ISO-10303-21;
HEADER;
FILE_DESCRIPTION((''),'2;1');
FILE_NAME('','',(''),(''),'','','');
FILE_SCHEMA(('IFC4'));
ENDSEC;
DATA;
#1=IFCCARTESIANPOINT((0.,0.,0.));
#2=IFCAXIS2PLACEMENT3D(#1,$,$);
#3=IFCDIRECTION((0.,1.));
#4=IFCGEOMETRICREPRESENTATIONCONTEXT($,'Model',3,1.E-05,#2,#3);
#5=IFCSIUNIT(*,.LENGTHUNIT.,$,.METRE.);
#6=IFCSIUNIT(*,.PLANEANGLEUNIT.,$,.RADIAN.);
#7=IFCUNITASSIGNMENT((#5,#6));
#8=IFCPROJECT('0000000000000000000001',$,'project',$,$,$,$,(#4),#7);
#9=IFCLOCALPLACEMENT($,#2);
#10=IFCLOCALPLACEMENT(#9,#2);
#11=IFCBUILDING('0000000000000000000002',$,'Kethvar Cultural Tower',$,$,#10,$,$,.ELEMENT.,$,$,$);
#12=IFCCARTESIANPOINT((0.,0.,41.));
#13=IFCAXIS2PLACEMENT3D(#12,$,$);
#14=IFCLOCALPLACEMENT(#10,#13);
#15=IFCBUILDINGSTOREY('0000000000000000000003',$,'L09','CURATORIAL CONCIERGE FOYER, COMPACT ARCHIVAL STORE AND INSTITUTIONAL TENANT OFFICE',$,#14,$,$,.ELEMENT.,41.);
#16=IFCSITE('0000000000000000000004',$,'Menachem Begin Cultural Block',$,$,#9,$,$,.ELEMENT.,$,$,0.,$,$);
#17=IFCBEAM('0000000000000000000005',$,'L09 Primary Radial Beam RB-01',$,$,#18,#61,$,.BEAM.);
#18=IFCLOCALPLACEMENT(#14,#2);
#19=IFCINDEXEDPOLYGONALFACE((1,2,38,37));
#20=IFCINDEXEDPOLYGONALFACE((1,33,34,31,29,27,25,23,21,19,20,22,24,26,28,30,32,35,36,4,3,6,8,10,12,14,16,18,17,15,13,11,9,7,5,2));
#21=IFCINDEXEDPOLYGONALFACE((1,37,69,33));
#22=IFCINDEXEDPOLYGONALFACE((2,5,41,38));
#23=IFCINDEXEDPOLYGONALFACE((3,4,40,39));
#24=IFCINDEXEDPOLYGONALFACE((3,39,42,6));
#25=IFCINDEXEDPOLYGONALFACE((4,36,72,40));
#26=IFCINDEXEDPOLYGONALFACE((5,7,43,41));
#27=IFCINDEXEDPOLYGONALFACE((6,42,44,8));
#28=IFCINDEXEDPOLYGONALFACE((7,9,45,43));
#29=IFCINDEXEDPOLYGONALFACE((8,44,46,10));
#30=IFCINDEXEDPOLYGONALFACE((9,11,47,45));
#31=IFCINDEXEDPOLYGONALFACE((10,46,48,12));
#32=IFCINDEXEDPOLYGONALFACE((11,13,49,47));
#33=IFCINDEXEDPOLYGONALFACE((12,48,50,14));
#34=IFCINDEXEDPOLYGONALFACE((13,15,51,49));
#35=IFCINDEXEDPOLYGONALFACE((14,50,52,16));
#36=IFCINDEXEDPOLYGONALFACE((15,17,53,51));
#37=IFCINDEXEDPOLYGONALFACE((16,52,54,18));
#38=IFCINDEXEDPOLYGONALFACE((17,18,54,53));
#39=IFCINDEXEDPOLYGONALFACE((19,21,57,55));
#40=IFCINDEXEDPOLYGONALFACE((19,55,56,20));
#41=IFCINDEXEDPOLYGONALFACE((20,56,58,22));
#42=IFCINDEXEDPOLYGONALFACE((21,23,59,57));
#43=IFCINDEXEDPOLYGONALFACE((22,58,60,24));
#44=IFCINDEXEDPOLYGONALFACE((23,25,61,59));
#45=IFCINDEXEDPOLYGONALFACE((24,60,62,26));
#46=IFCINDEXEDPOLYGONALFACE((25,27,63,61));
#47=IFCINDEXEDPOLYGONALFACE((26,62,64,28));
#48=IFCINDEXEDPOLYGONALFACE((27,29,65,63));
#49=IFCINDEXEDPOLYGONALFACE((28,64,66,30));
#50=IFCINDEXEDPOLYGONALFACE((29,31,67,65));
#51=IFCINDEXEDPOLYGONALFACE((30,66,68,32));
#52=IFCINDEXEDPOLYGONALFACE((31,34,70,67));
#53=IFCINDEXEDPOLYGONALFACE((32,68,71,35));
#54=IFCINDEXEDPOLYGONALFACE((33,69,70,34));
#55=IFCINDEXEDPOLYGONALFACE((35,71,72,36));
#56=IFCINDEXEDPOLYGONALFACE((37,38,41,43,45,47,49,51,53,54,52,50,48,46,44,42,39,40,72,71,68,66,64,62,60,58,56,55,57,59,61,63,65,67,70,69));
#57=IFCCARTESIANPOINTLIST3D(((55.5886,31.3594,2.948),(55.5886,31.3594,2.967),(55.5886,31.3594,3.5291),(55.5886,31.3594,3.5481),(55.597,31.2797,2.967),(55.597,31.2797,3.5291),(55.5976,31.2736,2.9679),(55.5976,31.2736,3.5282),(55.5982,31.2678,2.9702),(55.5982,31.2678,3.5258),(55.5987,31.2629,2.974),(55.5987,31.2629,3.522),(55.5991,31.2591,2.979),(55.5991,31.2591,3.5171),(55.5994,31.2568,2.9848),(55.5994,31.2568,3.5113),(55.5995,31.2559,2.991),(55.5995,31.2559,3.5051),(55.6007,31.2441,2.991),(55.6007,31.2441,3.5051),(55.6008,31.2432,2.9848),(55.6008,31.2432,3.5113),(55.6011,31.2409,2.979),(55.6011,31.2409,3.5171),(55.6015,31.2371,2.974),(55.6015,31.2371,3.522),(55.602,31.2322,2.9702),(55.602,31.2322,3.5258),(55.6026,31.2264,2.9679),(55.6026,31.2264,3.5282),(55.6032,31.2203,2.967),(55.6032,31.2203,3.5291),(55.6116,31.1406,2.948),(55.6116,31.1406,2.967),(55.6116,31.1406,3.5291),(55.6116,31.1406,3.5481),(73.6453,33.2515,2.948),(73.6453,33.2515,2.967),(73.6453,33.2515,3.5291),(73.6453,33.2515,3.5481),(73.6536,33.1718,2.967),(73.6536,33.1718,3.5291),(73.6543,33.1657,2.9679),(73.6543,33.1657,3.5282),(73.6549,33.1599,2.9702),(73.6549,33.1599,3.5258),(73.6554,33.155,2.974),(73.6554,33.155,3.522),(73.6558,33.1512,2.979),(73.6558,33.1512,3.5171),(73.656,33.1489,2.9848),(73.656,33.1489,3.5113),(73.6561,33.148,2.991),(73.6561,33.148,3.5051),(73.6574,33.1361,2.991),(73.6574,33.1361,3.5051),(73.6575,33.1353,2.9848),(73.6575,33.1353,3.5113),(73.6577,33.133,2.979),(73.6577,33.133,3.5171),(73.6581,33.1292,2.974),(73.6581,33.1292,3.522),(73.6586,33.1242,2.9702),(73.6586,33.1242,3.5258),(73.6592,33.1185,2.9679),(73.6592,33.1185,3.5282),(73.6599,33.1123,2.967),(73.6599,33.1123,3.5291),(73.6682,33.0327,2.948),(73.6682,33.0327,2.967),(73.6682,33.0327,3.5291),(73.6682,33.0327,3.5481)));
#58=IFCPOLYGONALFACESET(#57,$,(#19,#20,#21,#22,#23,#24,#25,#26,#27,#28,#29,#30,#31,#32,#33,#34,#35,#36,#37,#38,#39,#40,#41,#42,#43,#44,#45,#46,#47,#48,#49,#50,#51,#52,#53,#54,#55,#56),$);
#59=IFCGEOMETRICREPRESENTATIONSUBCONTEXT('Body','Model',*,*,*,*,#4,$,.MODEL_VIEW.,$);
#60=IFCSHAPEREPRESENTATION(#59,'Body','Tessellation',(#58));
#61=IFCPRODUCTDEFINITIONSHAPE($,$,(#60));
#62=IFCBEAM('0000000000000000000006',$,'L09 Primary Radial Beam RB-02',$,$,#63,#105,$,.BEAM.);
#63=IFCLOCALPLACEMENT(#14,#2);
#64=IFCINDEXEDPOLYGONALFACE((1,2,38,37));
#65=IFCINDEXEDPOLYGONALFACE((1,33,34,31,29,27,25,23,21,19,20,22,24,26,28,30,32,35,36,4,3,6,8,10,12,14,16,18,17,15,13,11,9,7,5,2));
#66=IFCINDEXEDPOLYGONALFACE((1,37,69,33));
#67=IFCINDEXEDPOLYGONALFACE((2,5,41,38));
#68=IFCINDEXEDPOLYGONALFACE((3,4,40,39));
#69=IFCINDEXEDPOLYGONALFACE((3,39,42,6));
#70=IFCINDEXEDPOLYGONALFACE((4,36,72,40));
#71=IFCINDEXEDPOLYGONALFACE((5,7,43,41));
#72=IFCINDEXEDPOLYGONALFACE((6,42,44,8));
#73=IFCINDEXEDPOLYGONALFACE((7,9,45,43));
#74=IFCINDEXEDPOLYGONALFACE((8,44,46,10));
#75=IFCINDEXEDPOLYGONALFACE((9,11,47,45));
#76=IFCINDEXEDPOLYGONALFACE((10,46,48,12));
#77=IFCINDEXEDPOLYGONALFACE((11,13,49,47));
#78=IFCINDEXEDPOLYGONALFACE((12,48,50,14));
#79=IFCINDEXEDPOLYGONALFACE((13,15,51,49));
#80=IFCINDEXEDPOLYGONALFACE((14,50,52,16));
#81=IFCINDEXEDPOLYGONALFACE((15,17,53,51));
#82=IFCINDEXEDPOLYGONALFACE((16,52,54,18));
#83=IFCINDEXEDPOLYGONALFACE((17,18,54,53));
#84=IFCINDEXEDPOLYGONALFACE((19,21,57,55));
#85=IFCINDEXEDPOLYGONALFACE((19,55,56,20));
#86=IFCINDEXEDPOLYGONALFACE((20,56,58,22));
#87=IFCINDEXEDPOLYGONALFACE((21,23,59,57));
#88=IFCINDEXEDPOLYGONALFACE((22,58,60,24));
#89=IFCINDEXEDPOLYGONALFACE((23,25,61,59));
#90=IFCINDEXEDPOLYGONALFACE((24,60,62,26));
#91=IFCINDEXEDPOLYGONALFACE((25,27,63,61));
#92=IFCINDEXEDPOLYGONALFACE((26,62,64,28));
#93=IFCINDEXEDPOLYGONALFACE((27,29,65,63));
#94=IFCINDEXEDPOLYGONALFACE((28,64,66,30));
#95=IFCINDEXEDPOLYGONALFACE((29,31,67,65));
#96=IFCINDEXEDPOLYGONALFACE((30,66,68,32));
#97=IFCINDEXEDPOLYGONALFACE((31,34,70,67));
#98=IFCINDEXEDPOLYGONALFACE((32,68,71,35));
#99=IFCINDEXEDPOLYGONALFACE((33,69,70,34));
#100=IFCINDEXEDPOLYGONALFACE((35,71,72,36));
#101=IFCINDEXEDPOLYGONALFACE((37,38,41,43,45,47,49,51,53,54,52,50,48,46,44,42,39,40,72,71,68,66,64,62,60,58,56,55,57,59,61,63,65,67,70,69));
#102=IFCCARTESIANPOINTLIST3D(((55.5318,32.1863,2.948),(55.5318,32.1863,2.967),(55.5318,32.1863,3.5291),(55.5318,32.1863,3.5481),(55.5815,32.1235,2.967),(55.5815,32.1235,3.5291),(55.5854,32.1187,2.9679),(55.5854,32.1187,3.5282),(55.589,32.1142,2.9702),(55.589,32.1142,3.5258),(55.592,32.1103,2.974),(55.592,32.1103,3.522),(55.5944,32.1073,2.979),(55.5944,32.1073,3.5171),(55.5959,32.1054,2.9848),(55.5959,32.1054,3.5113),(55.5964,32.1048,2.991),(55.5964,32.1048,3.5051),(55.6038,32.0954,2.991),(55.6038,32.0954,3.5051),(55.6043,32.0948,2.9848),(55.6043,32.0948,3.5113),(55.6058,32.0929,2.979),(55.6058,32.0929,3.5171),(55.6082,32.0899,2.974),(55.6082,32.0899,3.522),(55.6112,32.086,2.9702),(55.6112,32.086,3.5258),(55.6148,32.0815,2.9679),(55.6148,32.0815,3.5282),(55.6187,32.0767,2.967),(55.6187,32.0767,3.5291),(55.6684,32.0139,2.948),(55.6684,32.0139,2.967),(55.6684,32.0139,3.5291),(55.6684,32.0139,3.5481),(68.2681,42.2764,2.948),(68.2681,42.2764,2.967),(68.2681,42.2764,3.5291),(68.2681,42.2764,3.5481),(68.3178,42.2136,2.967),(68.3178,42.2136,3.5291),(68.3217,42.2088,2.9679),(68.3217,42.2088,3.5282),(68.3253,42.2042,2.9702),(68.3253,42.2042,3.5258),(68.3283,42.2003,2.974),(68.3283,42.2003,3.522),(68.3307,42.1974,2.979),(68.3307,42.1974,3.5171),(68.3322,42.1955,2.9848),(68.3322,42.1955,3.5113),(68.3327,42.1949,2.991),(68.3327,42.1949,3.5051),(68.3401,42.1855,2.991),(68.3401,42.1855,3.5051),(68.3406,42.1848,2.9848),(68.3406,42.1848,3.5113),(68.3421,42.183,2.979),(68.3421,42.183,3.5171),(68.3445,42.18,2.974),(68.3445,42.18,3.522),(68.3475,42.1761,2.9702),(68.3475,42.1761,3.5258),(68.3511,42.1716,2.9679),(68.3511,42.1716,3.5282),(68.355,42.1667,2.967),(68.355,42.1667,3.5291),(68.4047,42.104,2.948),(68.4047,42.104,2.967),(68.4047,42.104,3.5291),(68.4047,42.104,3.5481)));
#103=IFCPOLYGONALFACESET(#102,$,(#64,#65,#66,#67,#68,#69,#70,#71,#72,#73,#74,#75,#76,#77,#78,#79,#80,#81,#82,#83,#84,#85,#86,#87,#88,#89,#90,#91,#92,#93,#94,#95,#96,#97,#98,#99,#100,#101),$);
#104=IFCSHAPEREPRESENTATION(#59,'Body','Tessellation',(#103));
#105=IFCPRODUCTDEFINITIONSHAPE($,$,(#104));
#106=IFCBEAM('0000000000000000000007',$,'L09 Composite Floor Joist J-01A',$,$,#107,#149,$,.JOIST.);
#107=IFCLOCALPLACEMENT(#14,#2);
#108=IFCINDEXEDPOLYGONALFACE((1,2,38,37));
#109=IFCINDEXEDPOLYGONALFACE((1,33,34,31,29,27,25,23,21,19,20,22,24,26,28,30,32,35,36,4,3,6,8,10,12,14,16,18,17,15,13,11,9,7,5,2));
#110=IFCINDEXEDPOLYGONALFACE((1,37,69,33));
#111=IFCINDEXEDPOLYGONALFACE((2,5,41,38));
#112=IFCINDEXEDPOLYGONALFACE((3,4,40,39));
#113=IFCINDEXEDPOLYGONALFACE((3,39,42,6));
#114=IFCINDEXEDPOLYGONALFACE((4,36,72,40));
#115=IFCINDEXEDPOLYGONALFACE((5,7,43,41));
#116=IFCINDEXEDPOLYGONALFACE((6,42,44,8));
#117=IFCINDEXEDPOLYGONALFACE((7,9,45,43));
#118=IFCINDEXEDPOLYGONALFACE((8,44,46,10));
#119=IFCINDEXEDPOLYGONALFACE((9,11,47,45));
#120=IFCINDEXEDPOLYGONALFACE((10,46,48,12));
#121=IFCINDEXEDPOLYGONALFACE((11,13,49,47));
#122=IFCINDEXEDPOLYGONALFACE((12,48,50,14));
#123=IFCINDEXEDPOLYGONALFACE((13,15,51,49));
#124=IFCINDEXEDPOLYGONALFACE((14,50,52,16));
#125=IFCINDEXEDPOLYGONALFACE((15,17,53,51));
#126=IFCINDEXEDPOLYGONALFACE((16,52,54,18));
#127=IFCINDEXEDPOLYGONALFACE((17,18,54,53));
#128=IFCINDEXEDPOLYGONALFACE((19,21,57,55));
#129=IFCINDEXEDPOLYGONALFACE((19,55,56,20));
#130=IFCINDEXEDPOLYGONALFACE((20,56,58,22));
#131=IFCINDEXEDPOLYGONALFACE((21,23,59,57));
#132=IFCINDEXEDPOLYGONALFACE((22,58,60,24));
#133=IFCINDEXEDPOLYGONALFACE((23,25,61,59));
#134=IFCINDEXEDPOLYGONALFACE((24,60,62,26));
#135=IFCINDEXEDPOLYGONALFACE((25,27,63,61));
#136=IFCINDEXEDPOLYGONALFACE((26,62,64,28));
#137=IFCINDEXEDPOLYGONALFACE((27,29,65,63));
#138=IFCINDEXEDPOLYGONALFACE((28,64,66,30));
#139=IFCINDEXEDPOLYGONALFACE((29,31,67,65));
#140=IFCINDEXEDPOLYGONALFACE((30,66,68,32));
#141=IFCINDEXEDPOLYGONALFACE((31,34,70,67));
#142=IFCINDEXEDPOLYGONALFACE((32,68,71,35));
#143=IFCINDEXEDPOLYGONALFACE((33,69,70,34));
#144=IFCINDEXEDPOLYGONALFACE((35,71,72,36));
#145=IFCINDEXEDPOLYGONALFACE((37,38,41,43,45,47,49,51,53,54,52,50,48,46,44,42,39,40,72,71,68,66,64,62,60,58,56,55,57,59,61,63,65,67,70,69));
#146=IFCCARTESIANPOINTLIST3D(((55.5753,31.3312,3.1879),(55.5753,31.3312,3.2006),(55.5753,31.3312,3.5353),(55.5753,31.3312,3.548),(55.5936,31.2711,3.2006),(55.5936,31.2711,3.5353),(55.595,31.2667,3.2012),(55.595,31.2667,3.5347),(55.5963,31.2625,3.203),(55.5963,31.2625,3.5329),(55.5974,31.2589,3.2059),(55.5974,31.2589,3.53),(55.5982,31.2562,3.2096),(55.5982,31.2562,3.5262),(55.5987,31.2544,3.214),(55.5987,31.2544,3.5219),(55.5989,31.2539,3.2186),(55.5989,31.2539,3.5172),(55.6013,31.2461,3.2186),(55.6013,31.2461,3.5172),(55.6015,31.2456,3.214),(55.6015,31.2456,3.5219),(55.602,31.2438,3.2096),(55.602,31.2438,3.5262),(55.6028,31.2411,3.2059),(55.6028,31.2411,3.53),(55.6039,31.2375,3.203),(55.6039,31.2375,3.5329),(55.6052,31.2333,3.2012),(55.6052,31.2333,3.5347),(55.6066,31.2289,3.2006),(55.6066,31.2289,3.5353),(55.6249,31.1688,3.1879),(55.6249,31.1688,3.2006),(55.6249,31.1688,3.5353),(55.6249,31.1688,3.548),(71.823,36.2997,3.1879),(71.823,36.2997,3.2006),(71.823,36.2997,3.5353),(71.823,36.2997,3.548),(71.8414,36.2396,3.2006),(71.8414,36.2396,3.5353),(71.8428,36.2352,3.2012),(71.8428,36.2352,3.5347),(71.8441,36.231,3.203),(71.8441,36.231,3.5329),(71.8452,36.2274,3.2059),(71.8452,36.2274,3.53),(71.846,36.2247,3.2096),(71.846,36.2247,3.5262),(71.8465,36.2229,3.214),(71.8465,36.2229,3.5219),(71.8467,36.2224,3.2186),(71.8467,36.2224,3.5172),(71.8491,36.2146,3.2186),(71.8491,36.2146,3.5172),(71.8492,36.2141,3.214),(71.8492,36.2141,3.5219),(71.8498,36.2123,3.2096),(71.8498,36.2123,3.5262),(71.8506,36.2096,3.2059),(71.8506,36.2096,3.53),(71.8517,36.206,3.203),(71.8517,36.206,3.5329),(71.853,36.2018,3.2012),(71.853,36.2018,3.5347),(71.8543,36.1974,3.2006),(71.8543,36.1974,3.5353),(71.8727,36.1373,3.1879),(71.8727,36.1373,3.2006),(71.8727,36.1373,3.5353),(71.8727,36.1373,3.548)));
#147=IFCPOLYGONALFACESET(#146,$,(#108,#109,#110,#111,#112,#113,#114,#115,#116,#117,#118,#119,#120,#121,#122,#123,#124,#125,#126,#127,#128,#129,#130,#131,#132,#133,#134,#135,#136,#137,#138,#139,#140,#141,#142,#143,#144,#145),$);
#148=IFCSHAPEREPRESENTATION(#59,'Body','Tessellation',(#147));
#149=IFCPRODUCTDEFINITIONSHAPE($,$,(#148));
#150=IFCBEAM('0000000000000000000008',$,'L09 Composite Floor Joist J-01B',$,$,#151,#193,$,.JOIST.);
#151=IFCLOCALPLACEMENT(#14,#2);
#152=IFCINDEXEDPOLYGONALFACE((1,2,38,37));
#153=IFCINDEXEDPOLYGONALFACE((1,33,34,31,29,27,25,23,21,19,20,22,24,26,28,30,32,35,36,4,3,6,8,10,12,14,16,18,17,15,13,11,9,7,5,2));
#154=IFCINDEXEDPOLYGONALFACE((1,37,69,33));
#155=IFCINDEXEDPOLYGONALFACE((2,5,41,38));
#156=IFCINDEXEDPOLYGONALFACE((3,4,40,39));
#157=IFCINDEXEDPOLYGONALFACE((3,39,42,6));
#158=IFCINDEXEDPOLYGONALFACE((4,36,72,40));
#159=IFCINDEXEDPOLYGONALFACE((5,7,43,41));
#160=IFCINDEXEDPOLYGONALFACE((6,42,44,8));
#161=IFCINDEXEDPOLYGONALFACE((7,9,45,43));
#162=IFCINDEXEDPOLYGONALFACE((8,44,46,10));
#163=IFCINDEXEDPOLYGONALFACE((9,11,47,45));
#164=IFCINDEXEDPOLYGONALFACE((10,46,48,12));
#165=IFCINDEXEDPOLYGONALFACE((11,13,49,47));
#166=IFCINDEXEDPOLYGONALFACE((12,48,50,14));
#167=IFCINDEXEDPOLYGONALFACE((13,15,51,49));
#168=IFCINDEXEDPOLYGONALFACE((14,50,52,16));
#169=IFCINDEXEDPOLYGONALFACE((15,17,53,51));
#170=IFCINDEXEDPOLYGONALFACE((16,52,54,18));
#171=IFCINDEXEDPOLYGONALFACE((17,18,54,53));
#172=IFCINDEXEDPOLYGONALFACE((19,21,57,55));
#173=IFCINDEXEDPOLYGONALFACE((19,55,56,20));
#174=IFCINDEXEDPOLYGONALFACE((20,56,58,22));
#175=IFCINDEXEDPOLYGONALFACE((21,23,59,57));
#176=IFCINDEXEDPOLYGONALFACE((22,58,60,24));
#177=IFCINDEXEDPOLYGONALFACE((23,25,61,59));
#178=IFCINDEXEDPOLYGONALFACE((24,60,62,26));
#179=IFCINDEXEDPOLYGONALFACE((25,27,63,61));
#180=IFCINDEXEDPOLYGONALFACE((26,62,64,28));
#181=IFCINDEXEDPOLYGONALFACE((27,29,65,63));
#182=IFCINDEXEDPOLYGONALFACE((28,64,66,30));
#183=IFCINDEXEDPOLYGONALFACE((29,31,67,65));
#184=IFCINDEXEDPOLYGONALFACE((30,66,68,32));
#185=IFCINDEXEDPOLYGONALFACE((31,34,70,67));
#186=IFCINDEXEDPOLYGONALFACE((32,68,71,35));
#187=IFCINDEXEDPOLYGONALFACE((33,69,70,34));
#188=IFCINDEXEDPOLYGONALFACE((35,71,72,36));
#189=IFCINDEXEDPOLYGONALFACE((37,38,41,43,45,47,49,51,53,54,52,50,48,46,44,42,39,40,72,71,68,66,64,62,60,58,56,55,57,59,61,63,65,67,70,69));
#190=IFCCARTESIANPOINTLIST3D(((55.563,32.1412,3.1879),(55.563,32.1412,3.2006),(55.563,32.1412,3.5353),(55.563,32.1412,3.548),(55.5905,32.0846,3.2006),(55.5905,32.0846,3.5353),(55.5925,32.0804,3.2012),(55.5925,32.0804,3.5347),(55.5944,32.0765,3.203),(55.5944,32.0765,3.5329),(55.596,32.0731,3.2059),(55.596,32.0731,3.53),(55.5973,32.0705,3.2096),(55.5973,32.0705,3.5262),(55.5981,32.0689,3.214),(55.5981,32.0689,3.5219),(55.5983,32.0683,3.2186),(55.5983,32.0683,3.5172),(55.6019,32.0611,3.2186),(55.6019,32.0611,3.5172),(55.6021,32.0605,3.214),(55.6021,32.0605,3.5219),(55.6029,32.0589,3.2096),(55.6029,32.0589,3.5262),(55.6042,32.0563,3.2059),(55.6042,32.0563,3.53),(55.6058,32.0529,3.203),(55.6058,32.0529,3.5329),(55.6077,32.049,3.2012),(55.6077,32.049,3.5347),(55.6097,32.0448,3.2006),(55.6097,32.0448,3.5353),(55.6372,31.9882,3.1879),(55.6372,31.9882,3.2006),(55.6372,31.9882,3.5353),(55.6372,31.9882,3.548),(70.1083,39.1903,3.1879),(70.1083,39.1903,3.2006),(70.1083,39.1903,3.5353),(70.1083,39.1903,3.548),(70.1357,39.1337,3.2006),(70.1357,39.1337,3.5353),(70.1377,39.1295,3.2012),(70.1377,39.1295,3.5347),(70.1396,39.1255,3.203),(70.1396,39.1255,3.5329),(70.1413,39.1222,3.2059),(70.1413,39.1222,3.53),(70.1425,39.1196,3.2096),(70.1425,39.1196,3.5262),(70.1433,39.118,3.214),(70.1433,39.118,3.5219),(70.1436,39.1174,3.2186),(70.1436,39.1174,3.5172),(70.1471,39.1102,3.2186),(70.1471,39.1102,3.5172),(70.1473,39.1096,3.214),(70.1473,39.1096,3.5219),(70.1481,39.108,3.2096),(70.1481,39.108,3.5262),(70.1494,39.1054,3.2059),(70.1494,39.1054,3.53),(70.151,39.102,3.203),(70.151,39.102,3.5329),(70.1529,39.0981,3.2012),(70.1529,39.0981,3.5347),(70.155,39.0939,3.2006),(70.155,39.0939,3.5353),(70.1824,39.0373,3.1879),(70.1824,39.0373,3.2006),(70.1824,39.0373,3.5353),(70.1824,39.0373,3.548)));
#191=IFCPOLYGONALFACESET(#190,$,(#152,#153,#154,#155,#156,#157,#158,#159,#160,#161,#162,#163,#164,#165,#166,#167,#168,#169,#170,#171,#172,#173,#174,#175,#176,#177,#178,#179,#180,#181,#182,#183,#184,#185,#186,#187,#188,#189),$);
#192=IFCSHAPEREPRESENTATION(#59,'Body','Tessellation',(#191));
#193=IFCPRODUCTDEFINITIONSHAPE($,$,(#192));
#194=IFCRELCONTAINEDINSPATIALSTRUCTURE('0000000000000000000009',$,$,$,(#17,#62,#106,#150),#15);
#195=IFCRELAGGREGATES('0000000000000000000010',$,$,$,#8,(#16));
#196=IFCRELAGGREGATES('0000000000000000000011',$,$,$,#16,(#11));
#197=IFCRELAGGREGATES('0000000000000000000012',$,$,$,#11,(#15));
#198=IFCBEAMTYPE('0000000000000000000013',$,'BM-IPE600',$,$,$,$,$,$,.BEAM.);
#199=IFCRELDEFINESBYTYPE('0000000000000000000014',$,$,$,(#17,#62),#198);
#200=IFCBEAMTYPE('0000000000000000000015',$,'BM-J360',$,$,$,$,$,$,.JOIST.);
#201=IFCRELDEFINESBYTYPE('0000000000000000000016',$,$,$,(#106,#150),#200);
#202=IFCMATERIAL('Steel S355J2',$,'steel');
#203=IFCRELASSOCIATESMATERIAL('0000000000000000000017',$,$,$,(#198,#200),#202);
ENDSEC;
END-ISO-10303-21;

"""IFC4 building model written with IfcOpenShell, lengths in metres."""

from ifc_helpers import new_model, si_unit, direction, frame, origin, origin_2d, place, context, subcontext, project, spatial, i_section, extrude, source, transform, mapped, material, material_profile, profile_set, type_object, element, save


model = new_model("IFC4")

# Units and contexts
model_context = context("Model", 3, precision=1e-05, world=origin(), true_north=direction((0.0, 1.0)))
body_context = subcontext(model_context, "Body", "Model", "MODEL_VIEW")
ifc_project = project(units=[si_unit("LENGTHUNIT", "METRE"), si_unit("PLANEANGLEUNIT", "RADIAN")], contexts=[model_context])

# Site, building, storey
site_placement = place(None, origin())
site = spatial("IfcSite", under=ifc_project, at=site_placement, Name="Menachem Begin Cultural Block", CompositionType="ELEMENT", RefElevation=0.0)
building_placement = place(site_placement, origin())
building = spatial("IfcBuilding", under=site, at=building_placement, Name="Kethvar Cultural Tower", CompositionType="ELEMENT")
storey_placement = place(building_placement, frame((0.0, 0.0, 41.0)))
storey = spatial("IfcBuildingStorey", under=building, at=storey_placement, Name="L09", Description="CURATORIAL CONCIERGE FOYER, COMPACT ARCHIVAL STORE AND INSTITUTIONAL TENANT OFFICE", CompositionType="ELEMENT", Elevation=41.0)

# Beams
ifc_material_1 = material(Name="Steel S355J2", Category="steel")
ifc_material_profile_1 = material_profile(ifc_material_1, i_section(OverallWidth=0.22, OverallDepth=0.6001, WebThickness=0.012, FlangeThickness=0.019, FilletRadius=0.0239, at=origin_2d()), Name="Steel S355J2 — IPE600")
ifc_profile_set_1 = profile_set([ifc_material_profile_1], Name="Steel S355J2 — IPE600")
beam_type_1 = type_object("IfcBeamType", Name="BM-IPE600", PredefinedType="BEAM", material=ifc_profile_set_1)
shared_shape_1 = source(origin(), body_context, "Body", "SweptSolid", [
    extrude(i_section(OverallWidth=0.22, OverallDepth=0.6001, WebThickness=0.012, FlangeThickness=0.019, FilletRadius=0.0239, at=origin_2d()), origin(), (0.0, 0.0, 1.0), 18.1555),
])
beam_1_placement = place(storey_placement, frame((55.6001, 31.25, 3.248), z_axis=(0.994555, 0.104216, 0.0), x_axis=(-0.104216, 0.994555, 0.0)))
element("IfcBeam", 1, at=beam_1_placement, inside=storey, type_object=beam_type_1, Name="L09 Primary Radial Beam RB-01", PredefinedType="BEAM", context=body_context, shape_type="MappedRepresentation", body=[
    mapped(shared_shape_1, transform((0.0, 0.0, 0.0), scale=1.0)),
])
shared_shape_2 = source(origin(), body_context, "Body", "SweptSolid", [
    extrude(i_section(OverallWidth=0.22, OverallDepth=0.6001, WebThickness=0.012, FlangeThickness=0.019, FilletRadius=0.0239, at=origin_2d()), origin(), (0.0, 0.0, 1.0), 16.2488),
])
beam_2_placement = place(storey_placement, frame((55.6001, 32.1001, 3.248), z_axis=(0.783831, 0.620974, 0.0), x_axis=(-0.620974, 0.783831, 0.0)))
element("IfcBeam", 2, at=beam_2_placement, inside=storey, type_object=beam_type_1, Name="L09 Primary Radial Beam RB-02", PredefinedType="BEAM", context=body_context, shape_type="MappedRepresentation", body=[
    mapped(shared_shape_2, transform((0.0, 0.0, 0.0), scale=1.0)),
])
ifc_material_profile_2 = material_profile(ifc_material_1, i_section(OverallWidth=0.1699, OverallDepth=0.3601, WebThickness=0.0081, FlangeThickness=0.0127, FilletRadius=0.0181, at=origin_2d()), Name="Steel S355J2 — IPE360")
ifc_profile_set_2 = profile_set([ifc_material_profile_2], Name="Steel S355J2 — IPE360")
beam_type_2 = type_object("IfcBeamType", Name="BM-J360", PredefinedType="JOIST", material=ifc_profile_set_2)
shared_shape_3 = source(origin(), body_context, "Body", "SweptSolid", [
    extrude(i_section(OverallWidth=0.1699, OverallDepth=0.3601, WebThickness=0.0081, FlangeThickness=0.0127, FilletRadius=0.0181, at=origin_2d()), origin(), (0.0, 0.0, 1.0), 16.9905),
])
beam_3_placement = place(storey_placement, frame((55.6001, 31.25, 3.3679), z_axis=(0.956287, 0.292428, 0.0), x_axis=(-0.292428, 0.956287, 0.0)))
element("IfcBeam", 3, at=beam_3_placement, inside=storey, type_object=beam_type_2, Name="L09 Composite Floor Joist J-01A", PredefinedType="JOIST", context=body_context, shape_type="MappedRepresentation", body=[
    mapped(shared_shape_3, transform((0.0, 0.0, 0.0), scale=1.0)),
])
shared_shape_4 = source(origin(), body_context, "Body", "SweptSolid", [
    extrude(i_section(OverallWidth=0.1699, OverallDepth=0.3601, WebThickness=0.0081, FlangeThickness=0.0127, FilletRadius=0.0181, at=origin_2d()), origin(), (0.0, 0.0, 1.0), 16.1633),
])
beam_4_placement = place(storey_placement, frame((55.6001, 32.0647, 3.3679), z_axis=(0.89989, 0.436117, 0.0), x_axis=(-0.436117, 0.89989, 0.0)))
element("IfcBeam", 4, at=beam_4_placement, inside=storey, type_object=beam_type_2, Name="L09 Composite Floor Joist J-01B", PredefinedType="JOIST", context=body_context, shape_type="MappedRepresentation", body=[
    mapped(shared_shape_4, transform((0.0, 0.0, 0.0), scale=1.0)),
])

save(model, "model.ifc")
